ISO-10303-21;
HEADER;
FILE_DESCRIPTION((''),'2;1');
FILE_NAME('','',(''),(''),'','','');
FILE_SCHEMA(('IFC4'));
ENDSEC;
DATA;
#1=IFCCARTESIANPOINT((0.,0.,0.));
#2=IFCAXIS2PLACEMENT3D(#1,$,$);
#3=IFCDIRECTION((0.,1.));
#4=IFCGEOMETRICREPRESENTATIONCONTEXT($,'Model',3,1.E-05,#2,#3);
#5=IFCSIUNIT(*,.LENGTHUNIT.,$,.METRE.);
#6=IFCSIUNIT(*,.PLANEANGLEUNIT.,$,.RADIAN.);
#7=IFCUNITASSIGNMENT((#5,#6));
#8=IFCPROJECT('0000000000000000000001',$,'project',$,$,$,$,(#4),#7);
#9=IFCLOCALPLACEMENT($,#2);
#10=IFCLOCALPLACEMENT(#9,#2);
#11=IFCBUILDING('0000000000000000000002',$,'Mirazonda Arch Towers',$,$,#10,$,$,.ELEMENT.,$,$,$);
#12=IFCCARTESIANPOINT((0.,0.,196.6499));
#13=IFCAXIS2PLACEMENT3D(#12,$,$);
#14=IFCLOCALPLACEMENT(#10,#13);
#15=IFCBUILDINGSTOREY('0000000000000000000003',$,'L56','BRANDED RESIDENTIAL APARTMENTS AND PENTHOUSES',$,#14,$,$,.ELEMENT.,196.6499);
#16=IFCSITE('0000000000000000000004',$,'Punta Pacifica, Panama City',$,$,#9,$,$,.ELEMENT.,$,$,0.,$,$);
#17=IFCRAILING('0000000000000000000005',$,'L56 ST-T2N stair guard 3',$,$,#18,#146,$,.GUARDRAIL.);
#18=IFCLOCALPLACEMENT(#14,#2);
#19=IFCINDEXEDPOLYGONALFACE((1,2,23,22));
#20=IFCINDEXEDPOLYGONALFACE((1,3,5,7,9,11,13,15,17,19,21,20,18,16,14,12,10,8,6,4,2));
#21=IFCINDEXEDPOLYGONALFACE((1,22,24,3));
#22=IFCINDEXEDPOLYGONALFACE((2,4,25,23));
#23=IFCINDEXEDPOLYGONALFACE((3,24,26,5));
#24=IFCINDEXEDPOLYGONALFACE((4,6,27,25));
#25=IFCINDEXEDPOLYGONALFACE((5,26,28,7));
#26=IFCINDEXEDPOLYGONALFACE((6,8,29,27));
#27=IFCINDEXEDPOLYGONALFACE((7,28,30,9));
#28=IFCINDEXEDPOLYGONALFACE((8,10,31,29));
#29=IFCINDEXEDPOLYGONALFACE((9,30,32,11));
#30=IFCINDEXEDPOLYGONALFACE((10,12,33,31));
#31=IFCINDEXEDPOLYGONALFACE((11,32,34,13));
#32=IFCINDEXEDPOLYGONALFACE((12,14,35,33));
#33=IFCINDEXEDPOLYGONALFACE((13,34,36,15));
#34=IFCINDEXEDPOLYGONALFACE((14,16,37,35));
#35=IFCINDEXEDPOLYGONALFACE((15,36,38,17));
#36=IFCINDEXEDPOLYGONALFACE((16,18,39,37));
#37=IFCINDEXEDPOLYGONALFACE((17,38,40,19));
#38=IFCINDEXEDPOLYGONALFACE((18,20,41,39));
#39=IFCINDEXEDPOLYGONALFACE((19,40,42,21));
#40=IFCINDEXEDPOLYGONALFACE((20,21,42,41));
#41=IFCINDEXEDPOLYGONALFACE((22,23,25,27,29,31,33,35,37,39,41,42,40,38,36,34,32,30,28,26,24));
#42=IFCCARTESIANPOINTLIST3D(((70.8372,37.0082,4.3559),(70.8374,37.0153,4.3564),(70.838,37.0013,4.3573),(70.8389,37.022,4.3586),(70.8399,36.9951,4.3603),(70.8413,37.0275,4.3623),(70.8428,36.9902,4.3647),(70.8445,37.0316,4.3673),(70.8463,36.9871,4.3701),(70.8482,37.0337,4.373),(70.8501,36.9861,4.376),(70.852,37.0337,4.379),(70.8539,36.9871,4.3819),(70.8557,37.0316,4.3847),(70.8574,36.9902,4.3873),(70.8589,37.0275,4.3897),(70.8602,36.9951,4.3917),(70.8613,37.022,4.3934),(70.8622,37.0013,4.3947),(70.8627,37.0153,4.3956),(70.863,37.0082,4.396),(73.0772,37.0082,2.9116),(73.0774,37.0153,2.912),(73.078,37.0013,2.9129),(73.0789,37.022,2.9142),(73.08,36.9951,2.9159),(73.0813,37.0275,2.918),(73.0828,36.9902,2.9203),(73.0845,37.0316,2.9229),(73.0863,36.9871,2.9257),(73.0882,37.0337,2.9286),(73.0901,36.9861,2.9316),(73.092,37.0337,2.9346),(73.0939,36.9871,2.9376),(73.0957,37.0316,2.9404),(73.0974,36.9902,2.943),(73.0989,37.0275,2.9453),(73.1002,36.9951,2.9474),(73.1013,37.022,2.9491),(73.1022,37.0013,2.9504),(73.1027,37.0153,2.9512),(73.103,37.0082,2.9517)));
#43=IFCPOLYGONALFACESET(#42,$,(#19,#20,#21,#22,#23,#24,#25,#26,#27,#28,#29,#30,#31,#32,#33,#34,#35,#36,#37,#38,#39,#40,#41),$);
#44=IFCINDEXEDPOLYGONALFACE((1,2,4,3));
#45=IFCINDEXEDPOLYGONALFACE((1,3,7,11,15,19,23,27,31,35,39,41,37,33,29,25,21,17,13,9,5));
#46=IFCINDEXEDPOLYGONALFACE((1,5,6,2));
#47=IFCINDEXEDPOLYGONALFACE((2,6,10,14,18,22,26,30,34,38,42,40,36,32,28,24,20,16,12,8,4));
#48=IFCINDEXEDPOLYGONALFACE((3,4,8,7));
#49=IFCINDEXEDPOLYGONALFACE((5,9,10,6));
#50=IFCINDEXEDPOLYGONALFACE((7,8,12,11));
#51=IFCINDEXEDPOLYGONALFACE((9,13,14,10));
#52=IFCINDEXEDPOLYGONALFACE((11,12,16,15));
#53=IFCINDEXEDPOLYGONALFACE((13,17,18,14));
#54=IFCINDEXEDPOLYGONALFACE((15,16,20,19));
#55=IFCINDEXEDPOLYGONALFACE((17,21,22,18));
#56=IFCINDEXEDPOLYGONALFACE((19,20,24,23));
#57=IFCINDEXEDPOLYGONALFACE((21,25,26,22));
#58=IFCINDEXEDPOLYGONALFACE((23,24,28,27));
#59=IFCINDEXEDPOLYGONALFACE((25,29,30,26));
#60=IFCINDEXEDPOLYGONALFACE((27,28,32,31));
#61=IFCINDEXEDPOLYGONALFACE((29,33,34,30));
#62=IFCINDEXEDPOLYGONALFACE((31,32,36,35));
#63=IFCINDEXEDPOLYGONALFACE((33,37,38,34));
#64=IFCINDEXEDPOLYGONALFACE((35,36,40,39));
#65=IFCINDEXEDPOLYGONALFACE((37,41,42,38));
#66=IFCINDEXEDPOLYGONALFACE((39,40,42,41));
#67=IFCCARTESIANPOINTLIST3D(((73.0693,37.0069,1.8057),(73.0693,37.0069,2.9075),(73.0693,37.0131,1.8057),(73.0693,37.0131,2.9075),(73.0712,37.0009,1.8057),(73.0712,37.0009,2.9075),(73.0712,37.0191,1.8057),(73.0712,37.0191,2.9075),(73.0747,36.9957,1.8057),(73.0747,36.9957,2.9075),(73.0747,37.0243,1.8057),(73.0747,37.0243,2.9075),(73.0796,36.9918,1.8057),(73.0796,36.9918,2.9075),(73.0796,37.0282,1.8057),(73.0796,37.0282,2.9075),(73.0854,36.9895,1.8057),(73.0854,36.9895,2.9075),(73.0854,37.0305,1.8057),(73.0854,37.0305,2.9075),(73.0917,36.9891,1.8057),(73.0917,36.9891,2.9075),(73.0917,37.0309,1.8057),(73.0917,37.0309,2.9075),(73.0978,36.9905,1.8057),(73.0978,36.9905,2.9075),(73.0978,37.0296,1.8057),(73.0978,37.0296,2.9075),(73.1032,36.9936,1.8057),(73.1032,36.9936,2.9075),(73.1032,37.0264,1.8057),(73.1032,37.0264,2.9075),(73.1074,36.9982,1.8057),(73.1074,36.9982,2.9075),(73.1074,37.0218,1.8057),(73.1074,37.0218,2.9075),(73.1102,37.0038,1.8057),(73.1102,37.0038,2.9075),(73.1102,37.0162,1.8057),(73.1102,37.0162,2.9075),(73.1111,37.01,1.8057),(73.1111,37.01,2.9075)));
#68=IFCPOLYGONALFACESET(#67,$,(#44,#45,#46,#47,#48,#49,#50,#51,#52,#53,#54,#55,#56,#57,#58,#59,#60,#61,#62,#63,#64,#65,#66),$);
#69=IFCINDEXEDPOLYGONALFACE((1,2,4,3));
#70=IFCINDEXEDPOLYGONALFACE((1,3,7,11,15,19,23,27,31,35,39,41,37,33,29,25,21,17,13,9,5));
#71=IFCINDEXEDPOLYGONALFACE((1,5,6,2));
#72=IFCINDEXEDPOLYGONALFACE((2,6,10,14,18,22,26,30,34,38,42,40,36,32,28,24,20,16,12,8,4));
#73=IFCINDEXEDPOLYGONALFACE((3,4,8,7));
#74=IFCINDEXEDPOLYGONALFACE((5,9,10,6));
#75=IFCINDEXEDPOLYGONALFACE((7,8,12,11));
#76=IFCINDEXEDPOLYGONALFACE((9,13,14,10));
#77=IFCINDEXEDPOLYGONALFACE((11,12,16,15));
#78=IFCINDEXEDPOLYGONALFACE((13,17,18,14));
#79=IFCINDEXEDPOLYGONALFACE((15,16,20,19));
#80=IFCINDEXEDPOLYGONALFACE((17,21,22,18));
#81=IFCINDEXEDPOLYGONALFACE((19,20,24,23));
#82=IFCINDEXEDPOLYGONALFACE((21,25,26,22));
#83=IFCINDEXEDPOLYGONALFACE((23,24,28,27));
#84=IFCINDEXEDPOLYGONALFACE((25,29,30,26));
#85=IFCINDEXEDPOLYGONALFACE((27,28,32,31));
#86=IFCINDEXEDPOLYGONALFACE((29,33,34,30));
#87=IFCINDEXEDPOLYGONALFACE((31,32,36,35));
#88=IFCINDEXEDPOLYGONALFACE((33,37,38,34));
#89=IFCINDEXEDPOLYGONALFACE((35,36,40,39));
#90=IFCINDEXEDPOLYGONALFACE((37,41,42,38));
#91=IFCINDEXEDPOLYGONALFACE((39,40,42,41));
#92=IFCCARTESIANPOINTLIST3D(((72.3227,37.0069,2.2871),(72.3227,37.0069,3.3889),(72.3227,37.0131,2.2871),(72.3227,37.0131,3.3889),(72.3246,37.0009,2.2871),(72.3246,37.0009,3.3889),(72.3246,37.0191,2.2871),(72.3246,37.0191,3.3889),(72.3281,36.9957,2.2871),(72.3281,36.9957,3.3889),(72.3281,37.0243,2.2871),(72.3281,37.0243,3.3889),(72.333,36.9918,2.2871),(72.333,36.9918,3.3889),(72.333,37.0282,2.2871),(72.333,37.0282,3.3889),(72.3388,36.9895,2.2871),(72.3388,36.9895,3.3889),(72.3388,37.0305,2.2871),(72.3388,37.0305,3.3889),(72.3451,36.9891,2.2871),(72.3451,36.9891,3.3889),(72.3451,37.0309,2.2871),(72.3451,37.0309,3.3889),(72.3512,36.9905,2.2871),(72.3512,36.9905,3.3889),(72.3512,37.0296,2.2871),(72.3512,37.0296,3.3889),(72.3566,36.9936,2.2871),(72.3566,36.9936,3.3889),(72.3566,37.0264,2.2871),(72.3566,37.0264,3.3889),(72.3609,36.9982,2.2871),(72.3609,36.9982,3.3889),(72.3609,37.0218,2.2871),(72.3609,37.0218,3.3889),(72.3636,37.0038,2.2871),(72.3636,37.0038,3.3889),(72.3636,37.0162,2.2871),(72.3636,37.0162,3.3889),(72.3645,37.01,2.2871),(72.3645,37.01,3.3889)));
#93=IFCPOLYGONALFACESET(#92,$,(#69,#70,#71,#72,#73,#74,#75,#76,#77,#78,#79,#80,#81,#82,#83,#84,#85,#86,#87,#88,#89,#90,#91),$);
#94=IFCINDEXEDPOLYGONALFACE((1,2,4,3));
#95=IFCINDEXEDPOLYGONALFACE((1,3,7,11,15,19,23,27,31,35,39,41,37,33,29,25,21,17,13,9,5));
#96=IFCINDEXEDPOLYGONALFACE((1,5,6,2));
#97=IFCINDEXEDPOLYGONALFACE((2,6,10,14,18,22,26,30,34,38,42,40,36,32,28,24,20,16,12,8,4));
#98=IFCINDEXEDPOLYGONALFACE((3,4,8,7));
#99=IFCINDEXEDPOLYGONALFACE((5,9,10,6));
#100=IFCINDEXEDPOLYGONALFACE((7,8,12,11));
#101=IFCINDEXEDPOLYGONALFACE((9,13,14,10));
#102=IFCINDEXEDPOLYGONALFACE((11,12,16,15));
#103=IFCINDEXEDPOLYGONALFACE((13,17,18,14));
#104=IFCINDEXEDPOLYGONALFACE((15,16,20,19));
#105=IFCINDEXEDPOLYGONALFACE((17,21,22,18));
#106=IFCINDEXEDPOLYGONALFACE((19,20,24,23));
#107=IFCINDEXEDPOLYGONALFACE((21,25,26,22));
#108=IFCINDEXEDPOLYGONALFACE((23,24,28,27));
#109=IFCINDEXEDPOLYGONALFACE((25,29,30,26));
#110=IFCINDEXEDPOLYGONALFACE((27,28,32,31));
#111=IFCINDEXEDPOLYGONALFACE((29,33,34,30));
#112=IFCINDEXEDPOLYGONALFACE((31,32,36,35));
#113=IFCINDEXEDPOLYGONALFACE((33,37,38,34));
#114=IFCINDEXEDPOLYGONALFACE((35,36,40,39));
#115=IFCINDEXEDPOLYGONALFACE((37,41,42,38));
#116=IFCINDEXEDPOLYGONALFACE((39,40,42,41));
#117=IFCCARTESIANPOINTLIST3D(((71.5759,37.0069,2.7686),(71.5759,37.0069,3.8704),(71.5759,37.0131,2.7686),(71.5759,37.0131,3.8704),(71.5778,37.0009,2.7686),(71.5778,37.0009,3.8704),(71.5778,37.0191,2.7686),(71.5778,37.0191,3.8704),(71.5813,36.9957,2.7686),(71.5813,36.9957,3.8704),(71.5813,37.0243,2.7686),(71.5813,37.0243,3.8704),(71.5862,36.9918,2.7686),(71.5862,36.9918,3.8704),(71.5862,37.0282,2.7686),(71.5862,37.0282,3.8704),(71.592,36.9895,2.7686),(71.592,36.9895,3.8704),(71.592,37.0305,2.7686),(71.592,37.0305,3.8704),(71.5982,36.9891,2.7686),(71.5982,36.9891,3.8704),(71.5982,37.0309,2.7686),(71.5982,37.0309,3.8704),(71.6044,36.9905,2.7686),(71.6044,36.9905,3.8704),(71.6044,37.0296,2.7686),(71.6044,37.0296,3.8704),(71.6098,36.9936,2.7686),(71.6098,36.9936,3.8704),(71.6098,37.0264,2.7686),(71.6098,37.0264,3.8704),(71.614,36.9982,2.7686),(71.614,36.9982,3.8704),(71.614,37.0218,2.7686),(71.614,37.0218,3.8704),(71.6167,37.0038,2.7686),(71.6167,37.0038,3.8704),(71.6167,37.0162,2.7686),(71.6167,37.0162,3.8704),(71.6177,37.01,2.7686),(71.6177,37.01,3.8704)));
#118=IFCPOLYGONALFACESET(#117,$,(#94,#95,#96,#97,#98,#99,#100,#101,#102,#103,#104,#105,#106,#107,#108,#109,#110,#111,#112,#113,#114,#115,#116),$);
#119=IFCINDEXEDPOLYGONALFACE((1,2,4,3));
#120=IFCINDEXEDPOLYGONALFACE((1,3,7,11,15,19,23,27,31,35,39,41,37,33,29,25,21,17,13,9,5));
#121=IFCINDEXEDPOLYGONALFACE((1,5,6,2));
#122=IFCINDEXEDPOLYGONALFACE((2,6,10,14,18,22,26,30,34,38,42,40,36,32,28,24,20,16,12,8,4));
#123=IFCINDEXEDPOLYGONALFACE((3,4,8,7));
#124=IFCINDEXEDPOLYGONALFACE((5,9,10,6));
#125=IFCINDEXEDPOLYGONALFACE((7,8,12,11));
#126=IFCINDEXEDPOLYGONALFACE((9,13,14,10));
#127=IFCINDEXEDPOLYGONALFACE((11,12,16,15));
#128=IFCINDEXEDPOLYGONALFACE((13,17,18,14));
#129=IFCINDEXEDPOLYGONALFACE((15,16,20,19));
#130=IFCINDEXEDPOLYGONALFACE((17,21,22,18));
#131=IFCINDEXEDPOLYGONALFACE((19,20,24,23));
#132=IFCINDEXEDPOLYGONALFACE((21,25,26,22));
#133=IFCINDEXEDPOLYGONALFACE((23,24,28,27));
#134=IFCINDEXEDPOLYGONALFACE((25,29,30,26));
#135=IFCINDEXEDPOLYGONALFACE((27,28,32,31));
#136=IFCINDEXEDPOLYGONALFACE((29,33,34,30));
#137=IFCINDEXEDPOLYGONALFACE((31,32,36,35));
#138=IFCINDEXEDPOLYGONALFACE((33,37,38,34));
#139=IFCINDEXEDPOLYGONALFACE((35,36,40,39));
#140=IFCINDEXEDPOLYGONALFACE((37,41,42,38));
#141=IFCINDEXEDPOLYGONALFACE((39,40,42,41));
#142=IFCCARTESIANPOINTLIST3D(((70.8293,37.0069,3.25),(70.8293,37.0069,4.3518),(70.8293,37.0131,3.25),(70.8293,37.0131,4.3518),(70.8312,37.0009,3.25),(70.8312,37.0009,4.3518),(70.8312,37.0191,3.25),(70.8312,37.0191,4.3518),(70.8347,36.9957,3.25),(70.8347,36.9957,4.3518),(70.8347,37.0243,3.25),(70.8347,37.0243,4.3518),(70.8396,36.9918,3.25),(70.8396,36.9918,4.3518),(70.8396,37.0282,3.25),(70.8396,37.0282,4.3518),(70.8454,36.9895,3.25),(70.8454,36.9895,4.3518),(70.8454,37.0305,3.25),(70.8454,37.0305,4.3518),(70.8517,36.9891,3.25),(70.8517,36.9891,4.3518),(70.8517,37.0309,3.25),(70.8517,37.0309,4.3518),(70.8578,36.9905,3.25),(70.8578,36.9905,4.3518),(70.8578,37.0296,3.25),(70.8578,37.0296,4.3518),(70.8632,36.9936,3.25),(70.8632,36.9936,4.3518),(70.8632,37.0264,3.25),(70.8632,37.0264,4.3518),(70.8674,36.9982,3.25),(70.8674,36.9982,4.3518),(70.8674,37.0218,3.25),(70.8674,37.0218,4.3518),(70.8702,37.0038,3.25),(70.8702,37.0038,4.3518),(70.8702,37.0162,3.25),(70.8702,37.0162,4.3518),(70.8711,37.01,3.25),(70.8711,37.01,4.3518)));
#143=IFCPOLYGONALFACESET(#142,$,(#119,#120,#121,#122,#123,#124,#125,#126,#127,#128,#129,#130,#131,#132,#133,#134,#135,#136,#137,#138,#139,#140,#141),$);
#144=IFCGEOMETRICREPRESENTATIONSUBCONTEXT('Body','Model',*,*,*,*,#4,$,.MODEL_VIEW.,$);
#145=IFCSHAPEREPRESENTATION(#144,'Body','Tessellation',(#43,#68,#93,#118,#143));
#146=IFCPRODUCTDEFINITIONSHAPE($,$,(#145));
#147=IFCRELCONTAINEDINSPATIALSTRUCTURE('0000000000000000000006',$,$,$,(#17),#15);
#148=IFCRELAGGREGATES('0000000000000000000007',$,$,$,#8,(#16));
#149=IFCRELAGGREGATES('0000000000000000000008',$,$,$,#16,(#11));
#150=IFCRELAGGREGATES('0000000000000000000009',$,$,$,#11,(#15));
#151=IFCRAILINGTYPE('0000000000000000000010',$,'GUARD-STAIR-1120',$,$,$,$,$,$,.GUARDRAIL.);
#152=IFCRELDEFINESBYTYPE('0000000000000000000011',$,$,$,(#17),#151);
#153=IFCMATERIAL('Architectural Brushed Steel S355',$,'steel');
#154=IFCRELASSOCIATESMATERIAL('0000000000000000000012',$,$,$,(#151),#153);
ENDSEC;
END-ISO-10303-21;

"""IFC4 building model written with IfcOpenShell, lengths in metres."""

from ifc_helpers import new_model, si_unit, direction, frame, origin, origin_2d, place, context, subcontext, project, spatial, circle, extrude, material, type_object, element, save


model = new_model("IFC4")

# Units and contexts
model_context = context("Model", 3, precision=1e-05, world=origin(), true_north=direction((0.0, 1.0)))
body_context = subcontext(model_context, "Body", "Model", "MODEL_VIEW")
ifc_project = project(units=[si_unit("LENGTHUNIT", "METRE"), si_unit("PLANEANGLEUNIT", "RADIAN")], contexts=[model_context])

# Site, building, storey
site_placement = place(None, origin())
site = spatial("IfcSite", under=ifc_project, at=site_placement, Name="Punta Pacifica, Panama City", CompositionType="ELEMENT", RefElevation=0.0)
building_placement = place(site_placement, origin())
building = spatial("IfcBuilding", under=site, at=building_placement, Name="Mirazonda Arch Towers", CompositionType="ELEMENT")
storey_placement = place(building_placement, frame((0.0, 0.0, 196.6499)))
storey = spatial("IfcBuildingStorey", under=building, at=storey_placement, Name="L56", Description="BRANDED RESIDENTIAL APARTMENTS AND PENTHOUSES", CompositionType="ELEMENT", Elevation=196.6499)

# Shared definitions
ifc_material_1 = material(Name="Architectural Brushed Steel S355", Category="steel")

# Railing
railing_type_1 = type_object("IfcRailingType", Name="GUARD-STAIR-1120", PredefinedType="GUARDRAIL", material=ifc_material_1)
railing_1_placement = place(storey_placement, frame((73.0901, 37.01, 1.8057)))
element("IfcRailing", 1, at=railing_1_placement, inside=storey, type_object=railing_type_1, Name="L56 ST-T2N stair guard 3", PredefinedType="GUARDRAIL", context=body_context, shape_type="SweptSolid", body=[
    extrude(circle(Radius=0.0239, at=origin_2d()), frame((0.0, 0.0, 1.126), z_axis=(-0.840437, 0.0, 0.54191), x_axis=(0.0, -1.0, 0.0)), (0.0, 0.0, 1.0), 2.6653),
    extrude(circle(Radius=0.021, at=origin_2d()), origin(), (0.0, 0.0, 1.0), 1.1018),
    extrude(circle(Radius=0.021, at=origin_2d()), frame((-0.7466, 0.0, 0.4814)), (0.0, 0.0, 1.0), 1.1018),
    extrude(circle(Radius=0.021, at=origin_2d()), frame((-1.4934, 0.0, 0.9629)), (0.0, 0.0, 1.0), 1.1018),
    extrude(circle(Radius=0.021, at=origin_2d()), frame((-2.24, 0.0, 1.4443)), (0.0, 0.0, 1.0), 1.1018),
])

save(model, "model.ifc")
